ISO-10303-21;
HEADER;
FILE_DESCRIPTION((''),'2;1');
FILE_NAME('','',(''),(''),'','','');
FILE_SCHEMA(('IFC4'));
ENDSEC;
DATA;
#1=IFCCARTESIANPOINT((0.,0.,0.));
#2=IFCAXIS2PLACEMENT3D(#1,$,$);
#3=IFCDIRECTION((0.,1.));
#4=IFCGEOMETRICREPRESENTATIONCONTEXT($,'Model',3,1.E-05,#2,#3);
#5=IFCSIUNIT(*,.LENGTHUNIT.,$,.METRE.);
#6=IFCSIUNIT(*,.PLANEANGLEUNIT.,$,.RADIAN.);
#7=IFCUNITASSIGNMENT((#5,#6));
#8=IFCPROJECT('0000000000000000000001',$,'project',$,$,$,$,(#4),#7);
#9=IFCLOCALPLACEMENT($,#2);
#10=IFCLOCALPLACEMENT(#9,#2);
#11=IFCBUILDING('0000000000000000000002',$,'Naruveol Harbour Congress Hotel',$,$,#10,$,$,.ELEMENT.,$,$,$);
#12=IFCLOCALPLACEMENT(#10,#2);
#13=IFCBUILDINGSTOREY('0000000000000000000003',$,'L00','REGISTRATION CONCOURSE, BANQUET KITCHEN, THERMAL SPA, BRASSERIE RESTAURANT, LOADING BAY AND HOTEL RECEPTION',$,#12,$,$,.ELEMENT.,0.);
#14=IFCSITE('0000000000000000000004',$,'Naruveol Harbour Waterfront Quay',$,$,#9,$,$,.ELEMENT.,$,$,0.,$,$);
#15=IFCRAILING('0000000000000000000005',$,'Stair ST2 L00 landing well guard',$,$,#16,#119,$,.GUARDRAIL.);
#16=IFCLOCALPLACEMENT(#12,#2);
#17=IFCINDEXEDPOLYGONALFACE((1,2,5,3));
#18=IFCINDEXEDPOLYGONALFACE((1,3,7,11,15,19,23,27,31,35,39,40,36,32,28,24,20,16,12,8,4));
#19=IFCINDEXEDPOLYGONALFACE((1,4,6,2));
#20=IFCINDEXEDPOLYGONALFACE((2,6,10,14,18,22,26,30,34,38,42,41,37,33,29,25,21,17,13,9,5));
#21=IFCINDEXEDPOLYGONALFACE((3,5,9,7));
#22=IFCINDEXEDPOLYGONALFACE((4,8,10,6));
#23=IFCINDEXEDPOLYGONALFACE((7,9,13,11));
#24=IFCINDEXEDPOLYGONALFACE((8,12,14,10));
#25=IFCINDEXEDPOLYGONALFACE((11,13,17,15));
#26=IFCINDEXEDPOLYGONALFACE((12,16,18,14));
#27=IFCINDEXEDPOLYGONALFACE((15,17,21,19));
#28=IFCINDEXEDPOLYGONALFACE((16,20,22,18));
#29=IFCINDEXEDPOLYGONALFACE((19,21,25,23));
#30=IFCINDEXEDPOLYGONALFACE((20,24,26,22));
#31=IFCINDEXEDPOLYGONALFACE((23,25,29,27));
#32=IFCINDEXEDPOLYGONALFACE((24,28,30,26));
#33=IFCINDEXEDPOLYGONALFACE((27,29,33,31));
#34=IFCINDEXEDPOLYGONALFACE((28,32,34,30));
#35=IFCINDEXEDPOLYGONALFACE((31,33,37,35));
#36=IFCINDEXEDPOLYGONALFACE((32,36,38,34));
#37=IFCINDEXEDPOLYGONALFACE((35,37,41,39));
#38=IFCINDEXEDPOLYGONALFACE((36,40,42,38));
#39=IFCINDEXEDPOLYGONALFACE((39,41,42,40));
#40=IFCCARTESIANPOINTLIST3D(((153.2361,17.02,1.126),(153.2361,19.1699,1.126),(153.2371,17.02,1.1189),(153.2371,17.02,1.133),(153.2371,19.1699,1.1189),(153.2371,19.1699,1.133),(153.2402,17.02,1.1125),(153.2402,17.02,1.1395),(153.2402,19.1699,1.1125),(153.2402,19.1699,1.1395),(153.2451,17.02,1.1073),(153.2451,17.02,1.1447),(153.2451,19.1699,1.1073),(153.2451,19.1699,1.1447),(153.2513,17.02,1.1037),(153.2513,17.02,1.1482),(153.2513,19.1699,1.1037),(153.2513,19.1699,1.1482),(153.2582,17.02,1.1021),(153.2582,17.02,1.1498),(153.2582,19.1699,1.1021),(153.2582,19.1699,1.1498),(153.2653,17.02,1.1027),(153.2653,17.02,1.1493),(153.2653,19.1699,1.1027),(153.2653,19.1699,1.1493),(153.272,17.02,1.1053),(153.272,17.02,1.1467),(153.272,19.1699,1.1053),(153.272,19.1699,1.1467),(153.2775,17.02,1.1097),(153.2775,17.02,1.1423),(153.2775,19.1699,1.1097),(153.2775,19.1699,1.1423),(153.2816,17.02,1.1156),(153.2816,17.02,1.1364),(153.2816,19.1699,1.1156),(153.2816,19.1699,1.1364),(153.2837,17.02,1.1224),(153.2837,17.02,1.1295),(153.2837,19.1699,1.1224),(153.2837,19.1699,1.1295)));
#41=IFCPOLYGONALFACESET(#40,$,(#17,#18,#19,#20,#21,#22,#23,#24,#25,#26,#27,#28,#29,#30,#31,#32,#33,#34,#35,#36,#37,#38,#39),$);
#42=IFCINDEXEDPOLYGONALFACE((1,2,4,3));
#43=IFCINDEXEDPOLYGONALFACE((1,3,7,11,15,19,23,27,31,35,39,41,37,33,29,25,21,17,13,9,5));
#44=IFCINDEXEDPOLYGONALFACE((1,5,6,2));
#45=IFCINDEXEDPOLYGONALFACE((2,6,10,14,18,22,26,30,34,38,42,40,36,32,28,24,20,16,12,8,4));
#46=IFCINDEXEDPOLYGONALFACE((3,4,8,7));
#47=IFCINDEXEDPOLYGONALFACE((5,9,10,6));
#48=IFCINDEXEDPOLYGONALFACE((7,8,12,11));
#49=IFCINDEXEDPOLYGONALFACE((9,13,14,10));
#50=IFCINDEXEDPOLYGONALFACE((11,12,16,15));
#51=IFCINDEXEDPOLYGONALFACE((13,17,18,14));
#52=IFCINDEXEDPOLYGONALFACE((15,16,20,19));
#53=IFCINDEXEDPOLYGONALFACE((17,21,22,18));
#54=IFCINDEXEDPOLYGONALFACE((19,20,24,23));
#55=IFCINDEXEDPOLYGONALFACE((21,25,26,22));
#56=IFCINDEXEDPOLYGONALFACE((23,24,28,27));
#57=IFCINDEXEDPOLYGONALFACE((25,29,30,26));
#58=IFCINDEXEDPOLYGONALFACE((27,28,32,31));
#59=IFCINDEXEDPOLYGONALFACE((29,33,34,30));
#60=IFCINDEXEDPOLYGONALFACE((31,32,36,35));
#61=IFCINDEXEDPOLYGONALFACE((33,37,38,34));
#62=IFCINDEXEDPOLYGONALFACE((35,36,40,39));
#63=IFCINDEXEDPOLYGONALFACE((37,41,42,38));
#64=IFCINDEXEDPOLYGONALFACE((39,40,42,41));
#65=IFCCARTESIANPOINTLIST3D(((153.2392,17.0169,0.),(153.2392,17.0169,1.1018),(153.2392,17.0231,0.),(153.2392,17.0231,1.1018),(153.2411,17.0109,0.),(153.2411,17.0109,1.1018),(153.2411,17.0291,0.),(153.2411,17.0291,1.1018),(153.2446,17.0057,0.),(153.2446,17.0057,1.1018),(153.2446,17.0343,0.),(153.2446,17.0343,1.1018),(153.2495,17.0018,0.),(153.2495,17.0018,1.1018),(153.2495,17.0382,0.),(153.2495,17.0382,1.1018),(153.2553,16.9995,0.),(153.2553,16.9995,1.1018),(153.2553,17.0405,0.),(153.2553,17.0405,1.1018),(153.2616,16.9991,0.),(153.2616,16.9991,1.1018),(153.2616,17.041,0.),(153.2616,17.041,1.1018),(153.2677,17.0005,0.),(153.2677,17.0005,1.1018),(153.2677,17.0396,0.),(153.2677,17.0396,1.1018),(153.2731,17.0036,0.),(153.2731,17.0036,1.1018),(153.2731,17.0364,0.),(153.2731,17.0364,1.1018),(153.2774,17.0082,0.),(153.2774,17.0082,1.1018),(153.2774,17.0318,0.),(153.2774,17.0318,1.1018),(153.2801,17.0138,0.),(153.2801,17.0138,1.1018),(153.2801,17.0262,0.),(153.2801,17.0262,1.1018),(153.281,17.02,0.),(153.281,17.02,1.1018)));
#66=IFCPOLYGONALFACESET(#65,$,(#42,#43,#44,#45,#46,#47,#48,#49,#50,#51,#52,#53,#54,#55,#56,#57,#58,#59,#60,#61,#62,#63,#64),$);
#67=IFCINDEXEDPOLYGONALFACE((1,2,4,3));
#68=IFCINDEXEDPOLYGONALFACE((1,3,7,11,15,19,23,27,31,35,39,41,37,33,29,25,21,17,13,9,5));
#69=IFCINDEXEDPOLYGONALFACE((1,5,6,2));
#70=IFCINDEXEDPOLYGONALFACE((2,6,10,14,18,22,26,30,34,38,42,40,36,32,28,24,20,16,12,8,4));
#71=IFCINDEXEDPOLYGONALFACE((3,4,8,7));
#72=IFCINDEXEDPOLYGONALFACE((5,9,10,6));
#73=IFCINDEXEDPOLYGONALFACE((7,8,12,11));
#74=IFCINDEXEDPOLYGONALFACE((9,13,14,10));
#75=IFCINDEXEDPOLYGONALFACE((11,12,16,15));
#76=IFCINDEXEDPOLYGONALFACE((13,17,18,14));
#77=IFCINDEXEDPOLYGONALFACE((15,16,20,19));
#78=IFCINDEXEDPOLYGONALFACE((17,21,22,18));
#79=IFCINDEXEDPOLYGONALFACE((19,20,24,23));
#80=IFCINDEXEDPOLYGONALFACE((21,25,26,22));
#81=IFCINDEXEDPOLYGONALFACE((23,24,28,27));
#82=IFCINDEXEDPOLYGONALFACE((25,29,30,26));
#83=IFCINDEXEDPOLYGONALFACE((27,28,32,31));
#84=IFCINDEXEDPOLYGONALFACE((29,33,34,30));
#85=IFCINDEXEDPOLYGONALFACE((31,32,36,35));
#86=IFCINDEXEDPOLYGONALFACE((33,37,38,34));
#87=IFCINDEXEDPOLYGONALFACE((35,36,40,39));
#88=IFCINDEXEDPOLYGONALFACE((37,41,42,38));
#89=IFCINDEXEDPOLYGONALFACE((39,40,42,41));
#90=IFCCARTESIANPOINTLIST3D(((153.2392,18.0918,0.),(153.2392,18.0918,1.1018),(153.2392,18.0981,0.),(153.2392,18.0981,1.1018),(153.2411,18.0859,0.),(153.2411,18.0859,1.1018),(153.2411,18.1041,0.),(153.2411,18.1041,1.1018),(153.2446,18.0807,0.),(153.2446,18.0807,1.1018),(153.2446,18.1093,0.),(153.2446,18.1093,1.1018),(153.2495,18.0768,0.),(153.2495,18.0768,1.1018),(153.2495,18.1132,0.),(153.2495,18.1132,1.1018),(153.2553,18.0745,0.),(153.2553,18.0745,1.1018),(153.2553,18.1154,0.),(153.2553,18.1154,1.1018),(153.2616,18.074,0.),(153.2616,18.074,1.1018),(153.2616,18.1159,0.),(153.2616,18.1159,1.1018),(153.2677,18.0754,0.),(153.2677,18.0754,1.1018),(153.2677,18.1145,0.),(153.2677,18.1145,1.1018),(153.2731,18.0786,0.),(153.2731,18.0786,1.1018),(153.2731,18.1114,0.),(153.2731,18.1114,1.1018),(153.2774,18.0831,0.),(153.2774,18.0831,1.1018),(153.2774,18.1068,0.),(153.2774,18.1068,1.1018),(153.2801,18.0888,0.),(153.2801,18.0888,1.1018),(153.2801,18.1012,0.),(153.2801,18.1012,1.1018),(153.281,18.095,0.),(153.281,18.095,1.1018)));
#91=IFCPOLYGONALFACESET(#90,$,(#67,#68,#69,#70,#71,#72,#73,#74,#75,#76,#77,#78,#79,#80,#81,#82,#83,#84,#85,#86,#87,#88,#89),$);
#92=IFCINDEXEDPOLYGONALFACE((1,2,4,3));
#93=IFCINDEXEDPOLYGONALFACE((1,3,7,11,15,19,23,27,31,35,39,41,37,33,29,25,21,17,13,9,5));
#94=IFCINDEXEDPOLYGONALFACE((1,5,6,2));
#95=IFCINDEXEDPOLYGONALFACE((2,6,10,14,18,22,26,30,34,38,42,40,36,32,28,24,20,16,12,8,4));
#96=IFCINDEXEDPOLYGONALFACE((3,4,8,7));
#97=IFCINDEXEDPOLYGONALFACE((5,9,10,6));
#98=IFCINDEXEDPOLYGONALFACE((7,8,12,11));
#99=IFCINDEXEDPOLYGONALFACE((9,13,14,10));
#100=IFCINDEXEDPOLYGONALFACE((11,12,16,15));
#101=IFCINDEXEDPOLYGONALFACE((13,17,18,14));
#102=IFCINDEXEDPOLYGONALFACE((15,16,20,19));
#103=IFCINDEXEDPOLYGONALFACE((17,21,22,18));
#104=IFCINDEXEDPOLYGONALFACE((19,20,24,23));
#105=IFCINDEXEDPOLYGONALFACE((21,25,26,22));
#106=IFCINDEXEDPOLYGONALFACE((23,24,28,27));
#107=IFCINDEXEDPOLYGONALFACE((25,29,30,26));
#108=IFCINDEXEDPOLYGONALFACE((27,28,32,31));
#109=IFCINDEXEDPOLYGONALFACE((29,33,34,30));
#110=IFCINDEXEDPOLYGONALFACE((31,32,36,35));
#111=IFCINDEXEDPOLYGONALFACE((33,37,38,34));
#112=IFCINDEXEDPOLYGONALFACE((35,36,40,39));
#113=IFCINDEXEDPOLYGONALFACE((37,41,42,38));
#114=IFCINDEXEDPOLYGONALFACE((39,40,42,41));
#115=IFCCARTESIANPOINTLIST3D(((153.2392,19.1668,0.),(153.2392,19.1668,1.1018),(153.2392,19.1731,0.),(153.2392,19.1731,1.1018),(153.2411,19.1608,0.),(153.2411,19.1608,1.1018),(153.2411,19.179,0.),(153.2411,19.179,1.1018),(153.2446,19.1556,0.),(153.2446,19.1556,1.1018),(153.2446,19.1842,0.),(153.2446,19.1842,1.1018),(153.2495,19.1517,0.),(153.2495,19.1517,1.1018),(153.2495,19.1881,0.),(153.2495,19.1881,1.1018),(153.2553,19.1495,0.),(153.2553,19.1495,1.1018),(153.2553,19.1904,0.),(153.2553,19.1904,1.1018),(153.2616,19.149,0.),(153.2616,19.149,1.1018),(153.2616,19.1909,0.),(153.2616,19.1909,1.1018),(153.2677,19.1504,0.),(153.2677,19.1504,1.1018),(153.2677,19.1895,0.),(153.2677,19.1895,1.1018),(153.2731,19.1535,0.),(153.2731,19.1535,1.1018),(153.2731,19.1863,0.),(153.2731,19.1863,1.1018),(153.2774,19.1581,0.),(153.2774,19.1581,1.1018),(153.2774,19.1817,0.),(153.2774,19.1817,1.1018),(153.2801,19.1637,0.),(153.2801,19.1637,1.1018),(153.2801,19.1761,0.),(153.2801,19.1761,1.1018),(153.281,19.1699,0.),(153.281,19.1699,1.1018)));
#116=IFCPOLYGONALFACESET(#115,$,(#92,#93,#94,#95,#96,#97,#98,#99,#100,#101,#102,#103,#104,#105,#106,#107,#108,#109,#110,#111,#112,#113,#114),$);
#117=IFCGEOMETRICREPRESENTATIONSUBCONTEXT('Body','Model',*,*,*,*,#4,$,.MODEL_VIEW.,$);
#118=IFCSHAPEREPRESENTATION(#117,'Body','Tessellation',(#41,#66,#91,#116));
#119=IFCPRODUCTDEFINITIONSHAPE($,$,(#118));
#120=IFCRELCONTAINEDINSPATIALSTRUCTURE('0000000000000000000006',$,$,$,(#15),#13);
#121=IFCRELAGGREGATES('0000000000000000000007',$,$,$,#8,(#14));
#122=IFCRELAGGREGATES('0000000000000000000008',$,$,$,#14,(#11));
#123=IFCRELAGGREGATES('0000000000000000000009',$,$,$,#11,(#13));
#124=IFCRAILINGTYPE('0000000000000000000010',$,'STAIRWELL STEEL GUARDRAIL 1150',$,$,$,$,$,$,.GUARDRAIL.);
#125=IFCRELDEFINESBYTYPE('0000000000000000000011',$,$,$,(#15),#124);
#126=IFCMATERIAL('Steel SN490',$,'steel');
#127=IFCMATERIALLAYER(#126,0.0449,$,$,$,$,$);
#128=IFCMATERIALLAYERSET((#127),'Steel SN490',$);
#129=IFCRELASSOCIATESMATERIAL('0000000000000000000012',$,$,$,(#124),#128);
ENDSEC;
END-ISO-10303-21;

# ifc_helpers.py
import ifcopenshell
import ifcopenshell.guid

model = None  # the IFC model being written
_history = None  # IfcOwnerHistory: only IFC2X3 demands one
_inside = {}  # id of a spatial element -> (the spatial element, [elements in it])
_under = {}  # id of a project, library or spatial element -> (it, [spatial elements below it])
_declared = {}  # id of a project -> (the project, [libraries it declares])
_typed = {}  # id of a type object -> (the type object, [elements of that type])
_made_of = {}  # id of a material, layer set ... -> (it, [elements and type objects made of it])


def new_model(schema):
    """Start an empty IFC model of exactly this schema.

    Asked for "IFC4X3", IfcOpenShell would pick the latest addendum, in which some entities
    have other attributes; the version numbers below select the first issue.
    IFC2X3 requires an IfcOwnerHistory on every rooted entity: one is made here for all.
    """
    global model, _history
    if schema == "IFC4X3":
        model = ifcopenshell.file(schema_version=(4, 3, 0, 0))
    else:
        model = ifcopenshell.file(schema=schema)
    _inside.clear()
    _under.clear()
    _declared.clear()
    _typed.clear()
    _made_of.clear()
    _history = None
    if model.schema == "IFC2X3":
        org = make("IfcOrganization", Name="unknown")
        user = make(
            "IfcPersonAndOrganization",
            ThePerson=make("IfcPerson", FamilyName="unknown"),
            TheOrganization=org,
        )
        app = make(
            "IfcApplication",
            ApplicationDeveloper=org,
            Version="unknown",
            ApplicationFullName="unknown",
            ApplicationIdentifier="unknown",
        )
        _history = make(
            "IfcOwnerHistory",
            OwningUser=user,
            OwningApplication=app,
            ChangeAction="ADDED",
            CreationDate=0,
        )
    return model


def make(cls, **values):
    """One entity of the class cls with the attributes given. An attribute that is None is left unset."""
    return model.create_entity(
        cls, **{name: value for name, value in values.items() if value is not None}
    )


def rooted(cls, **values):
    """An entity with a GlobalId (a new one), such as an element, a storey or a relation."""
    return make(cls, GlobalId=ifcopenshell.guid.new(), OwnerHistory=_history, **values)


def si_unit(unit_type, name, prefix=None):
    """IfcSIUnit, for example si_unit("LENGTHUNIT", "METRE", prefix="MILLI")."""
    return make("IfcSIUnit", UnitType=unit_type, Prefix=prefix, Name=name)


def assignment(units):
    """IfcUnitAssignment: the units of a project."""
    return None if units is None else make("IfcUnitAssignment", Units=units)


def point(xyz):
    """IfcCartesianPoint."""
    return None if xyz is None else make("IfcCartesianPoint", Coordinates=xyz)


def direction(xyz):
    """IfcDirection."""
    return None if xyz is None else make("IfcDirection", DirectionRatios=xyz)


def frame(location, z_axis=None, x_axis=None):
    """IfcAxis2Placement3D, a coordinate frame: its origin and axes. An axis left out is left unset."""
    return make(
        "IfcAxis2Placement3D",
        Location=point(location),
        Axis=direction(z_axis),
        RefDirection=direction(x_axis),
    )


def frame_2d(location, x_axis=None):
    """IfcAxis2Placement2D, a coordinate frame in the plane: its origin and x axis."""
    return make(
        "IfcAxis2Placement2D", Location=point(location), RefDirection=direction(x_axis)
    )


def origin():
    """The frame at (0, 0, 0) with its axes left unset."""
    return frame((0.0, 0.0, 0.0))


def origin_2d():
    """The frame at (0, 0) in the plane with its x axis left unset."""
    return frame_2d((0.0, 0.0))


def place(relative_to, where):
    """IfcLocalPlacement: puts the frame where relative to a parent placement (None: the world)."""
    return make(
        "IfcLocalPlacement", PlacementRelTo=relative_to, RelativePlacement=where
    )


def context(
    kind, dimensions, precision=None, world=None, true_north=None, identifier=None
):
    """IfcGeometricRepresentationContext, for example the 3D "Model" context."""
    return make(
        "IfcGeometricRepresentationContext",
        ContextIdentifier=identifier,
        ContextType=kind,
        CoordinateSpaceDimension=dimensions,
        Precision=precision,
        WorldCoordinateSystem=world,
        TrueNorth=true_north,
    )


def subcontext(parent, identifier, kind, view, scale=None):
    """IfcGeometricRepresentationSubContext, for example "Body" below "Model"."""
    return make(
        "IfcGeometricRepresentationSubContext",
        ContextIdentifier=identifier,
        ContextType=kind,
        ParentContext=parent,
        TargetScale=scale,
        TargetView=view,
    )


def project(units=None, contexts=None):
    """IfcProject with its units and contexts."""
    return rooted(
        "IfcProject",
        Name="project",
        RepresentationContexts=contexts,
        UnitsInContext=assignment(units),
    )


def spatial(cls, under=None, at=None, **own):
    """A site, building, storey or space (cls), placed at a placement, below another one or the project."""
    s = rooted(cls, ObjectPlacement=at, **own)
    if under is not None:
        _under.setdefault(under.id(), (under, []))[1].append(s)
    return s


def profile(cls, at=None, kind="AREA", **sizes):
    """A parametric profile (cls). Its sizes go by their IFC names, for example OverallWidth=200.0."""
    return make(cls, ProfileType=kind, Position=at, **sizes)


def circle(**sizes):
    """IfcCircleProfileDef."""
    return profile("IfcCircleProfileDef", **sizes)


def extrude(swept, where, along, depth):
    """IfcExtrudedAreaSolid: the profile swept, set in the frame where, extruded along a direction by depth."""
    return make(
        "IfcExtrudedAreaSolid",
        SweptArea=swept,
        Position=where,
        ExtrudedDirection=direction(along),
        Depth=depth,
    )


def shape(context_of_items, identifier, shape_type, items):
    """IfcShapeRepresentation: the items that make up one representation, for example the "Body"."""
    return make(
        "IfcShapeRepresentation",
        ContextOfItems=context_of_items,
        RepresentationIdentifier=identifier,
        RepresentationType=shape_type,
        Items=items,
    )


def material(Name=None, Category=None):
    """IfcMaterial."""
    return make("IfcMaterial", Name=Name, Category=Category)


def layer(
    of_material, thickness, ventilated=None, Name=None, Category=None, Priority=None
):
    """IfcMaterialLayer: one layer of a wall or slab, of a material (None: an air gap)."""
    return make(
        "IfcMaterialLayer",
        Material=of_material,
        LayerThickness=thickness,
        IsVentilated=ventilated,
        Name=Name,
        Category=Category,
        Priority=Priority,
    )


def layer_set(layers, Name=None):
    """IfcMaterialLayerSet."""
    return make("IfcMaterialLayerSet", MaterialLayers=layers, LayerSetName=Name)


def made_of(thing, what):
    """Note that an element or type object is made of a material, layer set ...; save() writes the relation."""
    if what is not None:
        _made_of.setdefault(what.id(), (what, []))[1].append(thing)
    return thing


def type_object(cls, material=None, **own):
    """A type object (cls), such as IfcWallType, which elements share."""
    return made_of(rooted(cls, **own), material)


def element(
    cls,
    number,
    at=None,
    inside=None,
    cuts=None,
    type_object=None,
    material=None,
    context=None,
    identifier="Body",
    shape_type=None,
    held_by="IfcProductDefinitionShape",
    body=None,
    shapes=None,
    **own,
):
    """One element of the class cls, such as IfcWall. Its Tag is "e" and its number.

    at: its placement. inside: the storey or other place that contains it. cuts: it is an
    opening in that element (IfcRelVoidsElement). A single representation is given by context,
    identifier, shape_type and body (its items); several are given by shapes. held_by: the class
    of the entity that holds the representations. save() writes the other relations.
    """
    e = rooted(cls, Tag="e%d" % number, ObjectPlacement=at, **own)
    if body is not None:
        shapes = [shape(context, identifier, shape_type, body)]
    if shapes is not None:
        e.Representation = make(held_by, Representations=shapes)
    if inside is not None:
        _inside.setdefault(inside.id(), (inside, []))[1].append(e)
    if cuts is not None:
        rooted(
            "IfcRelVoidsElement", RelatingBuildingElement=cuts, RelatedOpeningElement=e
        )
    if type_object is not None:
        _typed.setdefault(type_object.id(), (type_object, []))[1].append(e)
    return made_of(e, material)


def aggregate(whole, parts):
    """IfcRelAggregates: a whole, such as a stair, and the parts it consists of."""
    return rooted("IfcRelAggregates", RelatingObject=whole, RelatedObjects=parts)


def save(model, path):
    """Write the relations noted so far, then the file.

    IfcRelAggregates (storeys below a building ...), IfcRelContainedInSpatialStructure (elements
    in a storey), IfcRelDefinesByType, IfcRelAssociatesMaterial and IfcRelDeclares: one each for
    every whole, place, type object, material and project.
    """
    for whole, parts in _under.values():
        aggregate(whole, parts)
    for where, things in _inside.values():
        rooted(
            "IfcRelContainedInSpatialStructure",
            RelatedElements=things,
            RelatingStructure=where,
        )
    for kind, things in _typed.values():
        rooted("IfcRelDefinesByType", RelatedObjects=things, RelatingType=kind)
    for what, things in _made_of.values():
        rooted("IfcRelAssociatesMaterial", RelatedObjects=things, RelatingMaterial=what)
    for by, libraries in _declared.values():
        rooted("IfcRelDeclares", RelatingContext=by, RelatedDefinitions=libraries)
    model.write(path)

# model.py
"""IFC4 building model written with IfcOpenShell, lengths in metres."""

from ifc_helpers import new_model, si_unit, direction, frame, origin, origin_2d, place, context, subcontext, project, spatial, circle, extrude, material, layer, layer_set, type_object, element, save


model = new_model("IFC4")

# Units and contexts
model_context = context("Model", 3, precision=1e-05, world=origin(), true_north=direction((0.0, 1.0)))
body_context = subcontext(model_context, "Body", "Model", "MODEL_VIEW")
ifc_project = project(units=[si_unit("LENGTHUNIT", "METRE"), si_unit("PLANEANGLEUNIT", "RADIAN")], contexts=[model_context])

# Site, building, storey
site_placement = place(None, origin())
site = spatial("IfcSite", under=ifc_project, at=site_placement, Name="Naruveol Harbour Waterfront Quay", CompositionType="ELEMENT", RefElevation=0.0)
building_placement = place(site_placement, origin())
building = spatial("IfcBuilding", under=site, at=building_placement, Name="Naruveol Harbour Congress Hotel", CompositionType="ELEMENT")
storey_placement = place(building_placement, origin())
storey = spatial("IfcBuildingStorey", under=building, at=storey_placement, Name="L00", Description="REGISTRATION CONCOURSE, BANQUET KITCHEN, THERMAL SPA, BRASSERIE RESTAURANT, LOADING BAY AND HOTEL RECEPTION", CompositionType="ELEMENT", Elevation=0.0)

# Railing
ifc_material_1 = material(Name="Steel SN490", Category="steel")
ifc_layer_1 = layer(ifc_material_1, 0.0449)
ifc_layer_set_1 = layer_set([ifc_layer_1], Name="Steel SN490")
railing_type = type_object("IfcRailingType", Name="STAIRWELL STEEL GUARDRAIL 1150", PredefinedType="GUARDRAIL", material=ifc_layer_set_1)
railing_placement = place(storey_placement, frame((153.26, 17.02, 0.0)))
element("IfcRailing", 1, at=railing_placement, inside=storey, type_object=railing_type, Name="Stair ST2 L00 landing well guard", PredefinedType="GUARDRAIL", context=body_context, shape_type="SweptSolid", body=[
    extrude(circle(Radius=0.0239, at=origin_2d()), frame((0.0, 0.0, 1.126), z_axis=(0.0, 1.0, 0.0), x_axis=(-1.0, 0.0, 0.0)), (0.0, 0.0, 1.0), 2.1499),
    extrude(circle(Radius=0.021, at=origin_2d()), origin(), (0.0, 0.0, 1.0), 1.1018),
    extrude(circle(Radius=0.021, at=origin_2d()), frame((0.0, 1.075, 0.0)), (0.0, 0.0, 1.0), 1.1018),
    extrude(circle(Radius=0.021, at=origin_2d()), frame((0.0, 2.1499, 0.0)), (0.0, 0.0, 1.0), 1.1018),
])

save(model, "model.ifc")
